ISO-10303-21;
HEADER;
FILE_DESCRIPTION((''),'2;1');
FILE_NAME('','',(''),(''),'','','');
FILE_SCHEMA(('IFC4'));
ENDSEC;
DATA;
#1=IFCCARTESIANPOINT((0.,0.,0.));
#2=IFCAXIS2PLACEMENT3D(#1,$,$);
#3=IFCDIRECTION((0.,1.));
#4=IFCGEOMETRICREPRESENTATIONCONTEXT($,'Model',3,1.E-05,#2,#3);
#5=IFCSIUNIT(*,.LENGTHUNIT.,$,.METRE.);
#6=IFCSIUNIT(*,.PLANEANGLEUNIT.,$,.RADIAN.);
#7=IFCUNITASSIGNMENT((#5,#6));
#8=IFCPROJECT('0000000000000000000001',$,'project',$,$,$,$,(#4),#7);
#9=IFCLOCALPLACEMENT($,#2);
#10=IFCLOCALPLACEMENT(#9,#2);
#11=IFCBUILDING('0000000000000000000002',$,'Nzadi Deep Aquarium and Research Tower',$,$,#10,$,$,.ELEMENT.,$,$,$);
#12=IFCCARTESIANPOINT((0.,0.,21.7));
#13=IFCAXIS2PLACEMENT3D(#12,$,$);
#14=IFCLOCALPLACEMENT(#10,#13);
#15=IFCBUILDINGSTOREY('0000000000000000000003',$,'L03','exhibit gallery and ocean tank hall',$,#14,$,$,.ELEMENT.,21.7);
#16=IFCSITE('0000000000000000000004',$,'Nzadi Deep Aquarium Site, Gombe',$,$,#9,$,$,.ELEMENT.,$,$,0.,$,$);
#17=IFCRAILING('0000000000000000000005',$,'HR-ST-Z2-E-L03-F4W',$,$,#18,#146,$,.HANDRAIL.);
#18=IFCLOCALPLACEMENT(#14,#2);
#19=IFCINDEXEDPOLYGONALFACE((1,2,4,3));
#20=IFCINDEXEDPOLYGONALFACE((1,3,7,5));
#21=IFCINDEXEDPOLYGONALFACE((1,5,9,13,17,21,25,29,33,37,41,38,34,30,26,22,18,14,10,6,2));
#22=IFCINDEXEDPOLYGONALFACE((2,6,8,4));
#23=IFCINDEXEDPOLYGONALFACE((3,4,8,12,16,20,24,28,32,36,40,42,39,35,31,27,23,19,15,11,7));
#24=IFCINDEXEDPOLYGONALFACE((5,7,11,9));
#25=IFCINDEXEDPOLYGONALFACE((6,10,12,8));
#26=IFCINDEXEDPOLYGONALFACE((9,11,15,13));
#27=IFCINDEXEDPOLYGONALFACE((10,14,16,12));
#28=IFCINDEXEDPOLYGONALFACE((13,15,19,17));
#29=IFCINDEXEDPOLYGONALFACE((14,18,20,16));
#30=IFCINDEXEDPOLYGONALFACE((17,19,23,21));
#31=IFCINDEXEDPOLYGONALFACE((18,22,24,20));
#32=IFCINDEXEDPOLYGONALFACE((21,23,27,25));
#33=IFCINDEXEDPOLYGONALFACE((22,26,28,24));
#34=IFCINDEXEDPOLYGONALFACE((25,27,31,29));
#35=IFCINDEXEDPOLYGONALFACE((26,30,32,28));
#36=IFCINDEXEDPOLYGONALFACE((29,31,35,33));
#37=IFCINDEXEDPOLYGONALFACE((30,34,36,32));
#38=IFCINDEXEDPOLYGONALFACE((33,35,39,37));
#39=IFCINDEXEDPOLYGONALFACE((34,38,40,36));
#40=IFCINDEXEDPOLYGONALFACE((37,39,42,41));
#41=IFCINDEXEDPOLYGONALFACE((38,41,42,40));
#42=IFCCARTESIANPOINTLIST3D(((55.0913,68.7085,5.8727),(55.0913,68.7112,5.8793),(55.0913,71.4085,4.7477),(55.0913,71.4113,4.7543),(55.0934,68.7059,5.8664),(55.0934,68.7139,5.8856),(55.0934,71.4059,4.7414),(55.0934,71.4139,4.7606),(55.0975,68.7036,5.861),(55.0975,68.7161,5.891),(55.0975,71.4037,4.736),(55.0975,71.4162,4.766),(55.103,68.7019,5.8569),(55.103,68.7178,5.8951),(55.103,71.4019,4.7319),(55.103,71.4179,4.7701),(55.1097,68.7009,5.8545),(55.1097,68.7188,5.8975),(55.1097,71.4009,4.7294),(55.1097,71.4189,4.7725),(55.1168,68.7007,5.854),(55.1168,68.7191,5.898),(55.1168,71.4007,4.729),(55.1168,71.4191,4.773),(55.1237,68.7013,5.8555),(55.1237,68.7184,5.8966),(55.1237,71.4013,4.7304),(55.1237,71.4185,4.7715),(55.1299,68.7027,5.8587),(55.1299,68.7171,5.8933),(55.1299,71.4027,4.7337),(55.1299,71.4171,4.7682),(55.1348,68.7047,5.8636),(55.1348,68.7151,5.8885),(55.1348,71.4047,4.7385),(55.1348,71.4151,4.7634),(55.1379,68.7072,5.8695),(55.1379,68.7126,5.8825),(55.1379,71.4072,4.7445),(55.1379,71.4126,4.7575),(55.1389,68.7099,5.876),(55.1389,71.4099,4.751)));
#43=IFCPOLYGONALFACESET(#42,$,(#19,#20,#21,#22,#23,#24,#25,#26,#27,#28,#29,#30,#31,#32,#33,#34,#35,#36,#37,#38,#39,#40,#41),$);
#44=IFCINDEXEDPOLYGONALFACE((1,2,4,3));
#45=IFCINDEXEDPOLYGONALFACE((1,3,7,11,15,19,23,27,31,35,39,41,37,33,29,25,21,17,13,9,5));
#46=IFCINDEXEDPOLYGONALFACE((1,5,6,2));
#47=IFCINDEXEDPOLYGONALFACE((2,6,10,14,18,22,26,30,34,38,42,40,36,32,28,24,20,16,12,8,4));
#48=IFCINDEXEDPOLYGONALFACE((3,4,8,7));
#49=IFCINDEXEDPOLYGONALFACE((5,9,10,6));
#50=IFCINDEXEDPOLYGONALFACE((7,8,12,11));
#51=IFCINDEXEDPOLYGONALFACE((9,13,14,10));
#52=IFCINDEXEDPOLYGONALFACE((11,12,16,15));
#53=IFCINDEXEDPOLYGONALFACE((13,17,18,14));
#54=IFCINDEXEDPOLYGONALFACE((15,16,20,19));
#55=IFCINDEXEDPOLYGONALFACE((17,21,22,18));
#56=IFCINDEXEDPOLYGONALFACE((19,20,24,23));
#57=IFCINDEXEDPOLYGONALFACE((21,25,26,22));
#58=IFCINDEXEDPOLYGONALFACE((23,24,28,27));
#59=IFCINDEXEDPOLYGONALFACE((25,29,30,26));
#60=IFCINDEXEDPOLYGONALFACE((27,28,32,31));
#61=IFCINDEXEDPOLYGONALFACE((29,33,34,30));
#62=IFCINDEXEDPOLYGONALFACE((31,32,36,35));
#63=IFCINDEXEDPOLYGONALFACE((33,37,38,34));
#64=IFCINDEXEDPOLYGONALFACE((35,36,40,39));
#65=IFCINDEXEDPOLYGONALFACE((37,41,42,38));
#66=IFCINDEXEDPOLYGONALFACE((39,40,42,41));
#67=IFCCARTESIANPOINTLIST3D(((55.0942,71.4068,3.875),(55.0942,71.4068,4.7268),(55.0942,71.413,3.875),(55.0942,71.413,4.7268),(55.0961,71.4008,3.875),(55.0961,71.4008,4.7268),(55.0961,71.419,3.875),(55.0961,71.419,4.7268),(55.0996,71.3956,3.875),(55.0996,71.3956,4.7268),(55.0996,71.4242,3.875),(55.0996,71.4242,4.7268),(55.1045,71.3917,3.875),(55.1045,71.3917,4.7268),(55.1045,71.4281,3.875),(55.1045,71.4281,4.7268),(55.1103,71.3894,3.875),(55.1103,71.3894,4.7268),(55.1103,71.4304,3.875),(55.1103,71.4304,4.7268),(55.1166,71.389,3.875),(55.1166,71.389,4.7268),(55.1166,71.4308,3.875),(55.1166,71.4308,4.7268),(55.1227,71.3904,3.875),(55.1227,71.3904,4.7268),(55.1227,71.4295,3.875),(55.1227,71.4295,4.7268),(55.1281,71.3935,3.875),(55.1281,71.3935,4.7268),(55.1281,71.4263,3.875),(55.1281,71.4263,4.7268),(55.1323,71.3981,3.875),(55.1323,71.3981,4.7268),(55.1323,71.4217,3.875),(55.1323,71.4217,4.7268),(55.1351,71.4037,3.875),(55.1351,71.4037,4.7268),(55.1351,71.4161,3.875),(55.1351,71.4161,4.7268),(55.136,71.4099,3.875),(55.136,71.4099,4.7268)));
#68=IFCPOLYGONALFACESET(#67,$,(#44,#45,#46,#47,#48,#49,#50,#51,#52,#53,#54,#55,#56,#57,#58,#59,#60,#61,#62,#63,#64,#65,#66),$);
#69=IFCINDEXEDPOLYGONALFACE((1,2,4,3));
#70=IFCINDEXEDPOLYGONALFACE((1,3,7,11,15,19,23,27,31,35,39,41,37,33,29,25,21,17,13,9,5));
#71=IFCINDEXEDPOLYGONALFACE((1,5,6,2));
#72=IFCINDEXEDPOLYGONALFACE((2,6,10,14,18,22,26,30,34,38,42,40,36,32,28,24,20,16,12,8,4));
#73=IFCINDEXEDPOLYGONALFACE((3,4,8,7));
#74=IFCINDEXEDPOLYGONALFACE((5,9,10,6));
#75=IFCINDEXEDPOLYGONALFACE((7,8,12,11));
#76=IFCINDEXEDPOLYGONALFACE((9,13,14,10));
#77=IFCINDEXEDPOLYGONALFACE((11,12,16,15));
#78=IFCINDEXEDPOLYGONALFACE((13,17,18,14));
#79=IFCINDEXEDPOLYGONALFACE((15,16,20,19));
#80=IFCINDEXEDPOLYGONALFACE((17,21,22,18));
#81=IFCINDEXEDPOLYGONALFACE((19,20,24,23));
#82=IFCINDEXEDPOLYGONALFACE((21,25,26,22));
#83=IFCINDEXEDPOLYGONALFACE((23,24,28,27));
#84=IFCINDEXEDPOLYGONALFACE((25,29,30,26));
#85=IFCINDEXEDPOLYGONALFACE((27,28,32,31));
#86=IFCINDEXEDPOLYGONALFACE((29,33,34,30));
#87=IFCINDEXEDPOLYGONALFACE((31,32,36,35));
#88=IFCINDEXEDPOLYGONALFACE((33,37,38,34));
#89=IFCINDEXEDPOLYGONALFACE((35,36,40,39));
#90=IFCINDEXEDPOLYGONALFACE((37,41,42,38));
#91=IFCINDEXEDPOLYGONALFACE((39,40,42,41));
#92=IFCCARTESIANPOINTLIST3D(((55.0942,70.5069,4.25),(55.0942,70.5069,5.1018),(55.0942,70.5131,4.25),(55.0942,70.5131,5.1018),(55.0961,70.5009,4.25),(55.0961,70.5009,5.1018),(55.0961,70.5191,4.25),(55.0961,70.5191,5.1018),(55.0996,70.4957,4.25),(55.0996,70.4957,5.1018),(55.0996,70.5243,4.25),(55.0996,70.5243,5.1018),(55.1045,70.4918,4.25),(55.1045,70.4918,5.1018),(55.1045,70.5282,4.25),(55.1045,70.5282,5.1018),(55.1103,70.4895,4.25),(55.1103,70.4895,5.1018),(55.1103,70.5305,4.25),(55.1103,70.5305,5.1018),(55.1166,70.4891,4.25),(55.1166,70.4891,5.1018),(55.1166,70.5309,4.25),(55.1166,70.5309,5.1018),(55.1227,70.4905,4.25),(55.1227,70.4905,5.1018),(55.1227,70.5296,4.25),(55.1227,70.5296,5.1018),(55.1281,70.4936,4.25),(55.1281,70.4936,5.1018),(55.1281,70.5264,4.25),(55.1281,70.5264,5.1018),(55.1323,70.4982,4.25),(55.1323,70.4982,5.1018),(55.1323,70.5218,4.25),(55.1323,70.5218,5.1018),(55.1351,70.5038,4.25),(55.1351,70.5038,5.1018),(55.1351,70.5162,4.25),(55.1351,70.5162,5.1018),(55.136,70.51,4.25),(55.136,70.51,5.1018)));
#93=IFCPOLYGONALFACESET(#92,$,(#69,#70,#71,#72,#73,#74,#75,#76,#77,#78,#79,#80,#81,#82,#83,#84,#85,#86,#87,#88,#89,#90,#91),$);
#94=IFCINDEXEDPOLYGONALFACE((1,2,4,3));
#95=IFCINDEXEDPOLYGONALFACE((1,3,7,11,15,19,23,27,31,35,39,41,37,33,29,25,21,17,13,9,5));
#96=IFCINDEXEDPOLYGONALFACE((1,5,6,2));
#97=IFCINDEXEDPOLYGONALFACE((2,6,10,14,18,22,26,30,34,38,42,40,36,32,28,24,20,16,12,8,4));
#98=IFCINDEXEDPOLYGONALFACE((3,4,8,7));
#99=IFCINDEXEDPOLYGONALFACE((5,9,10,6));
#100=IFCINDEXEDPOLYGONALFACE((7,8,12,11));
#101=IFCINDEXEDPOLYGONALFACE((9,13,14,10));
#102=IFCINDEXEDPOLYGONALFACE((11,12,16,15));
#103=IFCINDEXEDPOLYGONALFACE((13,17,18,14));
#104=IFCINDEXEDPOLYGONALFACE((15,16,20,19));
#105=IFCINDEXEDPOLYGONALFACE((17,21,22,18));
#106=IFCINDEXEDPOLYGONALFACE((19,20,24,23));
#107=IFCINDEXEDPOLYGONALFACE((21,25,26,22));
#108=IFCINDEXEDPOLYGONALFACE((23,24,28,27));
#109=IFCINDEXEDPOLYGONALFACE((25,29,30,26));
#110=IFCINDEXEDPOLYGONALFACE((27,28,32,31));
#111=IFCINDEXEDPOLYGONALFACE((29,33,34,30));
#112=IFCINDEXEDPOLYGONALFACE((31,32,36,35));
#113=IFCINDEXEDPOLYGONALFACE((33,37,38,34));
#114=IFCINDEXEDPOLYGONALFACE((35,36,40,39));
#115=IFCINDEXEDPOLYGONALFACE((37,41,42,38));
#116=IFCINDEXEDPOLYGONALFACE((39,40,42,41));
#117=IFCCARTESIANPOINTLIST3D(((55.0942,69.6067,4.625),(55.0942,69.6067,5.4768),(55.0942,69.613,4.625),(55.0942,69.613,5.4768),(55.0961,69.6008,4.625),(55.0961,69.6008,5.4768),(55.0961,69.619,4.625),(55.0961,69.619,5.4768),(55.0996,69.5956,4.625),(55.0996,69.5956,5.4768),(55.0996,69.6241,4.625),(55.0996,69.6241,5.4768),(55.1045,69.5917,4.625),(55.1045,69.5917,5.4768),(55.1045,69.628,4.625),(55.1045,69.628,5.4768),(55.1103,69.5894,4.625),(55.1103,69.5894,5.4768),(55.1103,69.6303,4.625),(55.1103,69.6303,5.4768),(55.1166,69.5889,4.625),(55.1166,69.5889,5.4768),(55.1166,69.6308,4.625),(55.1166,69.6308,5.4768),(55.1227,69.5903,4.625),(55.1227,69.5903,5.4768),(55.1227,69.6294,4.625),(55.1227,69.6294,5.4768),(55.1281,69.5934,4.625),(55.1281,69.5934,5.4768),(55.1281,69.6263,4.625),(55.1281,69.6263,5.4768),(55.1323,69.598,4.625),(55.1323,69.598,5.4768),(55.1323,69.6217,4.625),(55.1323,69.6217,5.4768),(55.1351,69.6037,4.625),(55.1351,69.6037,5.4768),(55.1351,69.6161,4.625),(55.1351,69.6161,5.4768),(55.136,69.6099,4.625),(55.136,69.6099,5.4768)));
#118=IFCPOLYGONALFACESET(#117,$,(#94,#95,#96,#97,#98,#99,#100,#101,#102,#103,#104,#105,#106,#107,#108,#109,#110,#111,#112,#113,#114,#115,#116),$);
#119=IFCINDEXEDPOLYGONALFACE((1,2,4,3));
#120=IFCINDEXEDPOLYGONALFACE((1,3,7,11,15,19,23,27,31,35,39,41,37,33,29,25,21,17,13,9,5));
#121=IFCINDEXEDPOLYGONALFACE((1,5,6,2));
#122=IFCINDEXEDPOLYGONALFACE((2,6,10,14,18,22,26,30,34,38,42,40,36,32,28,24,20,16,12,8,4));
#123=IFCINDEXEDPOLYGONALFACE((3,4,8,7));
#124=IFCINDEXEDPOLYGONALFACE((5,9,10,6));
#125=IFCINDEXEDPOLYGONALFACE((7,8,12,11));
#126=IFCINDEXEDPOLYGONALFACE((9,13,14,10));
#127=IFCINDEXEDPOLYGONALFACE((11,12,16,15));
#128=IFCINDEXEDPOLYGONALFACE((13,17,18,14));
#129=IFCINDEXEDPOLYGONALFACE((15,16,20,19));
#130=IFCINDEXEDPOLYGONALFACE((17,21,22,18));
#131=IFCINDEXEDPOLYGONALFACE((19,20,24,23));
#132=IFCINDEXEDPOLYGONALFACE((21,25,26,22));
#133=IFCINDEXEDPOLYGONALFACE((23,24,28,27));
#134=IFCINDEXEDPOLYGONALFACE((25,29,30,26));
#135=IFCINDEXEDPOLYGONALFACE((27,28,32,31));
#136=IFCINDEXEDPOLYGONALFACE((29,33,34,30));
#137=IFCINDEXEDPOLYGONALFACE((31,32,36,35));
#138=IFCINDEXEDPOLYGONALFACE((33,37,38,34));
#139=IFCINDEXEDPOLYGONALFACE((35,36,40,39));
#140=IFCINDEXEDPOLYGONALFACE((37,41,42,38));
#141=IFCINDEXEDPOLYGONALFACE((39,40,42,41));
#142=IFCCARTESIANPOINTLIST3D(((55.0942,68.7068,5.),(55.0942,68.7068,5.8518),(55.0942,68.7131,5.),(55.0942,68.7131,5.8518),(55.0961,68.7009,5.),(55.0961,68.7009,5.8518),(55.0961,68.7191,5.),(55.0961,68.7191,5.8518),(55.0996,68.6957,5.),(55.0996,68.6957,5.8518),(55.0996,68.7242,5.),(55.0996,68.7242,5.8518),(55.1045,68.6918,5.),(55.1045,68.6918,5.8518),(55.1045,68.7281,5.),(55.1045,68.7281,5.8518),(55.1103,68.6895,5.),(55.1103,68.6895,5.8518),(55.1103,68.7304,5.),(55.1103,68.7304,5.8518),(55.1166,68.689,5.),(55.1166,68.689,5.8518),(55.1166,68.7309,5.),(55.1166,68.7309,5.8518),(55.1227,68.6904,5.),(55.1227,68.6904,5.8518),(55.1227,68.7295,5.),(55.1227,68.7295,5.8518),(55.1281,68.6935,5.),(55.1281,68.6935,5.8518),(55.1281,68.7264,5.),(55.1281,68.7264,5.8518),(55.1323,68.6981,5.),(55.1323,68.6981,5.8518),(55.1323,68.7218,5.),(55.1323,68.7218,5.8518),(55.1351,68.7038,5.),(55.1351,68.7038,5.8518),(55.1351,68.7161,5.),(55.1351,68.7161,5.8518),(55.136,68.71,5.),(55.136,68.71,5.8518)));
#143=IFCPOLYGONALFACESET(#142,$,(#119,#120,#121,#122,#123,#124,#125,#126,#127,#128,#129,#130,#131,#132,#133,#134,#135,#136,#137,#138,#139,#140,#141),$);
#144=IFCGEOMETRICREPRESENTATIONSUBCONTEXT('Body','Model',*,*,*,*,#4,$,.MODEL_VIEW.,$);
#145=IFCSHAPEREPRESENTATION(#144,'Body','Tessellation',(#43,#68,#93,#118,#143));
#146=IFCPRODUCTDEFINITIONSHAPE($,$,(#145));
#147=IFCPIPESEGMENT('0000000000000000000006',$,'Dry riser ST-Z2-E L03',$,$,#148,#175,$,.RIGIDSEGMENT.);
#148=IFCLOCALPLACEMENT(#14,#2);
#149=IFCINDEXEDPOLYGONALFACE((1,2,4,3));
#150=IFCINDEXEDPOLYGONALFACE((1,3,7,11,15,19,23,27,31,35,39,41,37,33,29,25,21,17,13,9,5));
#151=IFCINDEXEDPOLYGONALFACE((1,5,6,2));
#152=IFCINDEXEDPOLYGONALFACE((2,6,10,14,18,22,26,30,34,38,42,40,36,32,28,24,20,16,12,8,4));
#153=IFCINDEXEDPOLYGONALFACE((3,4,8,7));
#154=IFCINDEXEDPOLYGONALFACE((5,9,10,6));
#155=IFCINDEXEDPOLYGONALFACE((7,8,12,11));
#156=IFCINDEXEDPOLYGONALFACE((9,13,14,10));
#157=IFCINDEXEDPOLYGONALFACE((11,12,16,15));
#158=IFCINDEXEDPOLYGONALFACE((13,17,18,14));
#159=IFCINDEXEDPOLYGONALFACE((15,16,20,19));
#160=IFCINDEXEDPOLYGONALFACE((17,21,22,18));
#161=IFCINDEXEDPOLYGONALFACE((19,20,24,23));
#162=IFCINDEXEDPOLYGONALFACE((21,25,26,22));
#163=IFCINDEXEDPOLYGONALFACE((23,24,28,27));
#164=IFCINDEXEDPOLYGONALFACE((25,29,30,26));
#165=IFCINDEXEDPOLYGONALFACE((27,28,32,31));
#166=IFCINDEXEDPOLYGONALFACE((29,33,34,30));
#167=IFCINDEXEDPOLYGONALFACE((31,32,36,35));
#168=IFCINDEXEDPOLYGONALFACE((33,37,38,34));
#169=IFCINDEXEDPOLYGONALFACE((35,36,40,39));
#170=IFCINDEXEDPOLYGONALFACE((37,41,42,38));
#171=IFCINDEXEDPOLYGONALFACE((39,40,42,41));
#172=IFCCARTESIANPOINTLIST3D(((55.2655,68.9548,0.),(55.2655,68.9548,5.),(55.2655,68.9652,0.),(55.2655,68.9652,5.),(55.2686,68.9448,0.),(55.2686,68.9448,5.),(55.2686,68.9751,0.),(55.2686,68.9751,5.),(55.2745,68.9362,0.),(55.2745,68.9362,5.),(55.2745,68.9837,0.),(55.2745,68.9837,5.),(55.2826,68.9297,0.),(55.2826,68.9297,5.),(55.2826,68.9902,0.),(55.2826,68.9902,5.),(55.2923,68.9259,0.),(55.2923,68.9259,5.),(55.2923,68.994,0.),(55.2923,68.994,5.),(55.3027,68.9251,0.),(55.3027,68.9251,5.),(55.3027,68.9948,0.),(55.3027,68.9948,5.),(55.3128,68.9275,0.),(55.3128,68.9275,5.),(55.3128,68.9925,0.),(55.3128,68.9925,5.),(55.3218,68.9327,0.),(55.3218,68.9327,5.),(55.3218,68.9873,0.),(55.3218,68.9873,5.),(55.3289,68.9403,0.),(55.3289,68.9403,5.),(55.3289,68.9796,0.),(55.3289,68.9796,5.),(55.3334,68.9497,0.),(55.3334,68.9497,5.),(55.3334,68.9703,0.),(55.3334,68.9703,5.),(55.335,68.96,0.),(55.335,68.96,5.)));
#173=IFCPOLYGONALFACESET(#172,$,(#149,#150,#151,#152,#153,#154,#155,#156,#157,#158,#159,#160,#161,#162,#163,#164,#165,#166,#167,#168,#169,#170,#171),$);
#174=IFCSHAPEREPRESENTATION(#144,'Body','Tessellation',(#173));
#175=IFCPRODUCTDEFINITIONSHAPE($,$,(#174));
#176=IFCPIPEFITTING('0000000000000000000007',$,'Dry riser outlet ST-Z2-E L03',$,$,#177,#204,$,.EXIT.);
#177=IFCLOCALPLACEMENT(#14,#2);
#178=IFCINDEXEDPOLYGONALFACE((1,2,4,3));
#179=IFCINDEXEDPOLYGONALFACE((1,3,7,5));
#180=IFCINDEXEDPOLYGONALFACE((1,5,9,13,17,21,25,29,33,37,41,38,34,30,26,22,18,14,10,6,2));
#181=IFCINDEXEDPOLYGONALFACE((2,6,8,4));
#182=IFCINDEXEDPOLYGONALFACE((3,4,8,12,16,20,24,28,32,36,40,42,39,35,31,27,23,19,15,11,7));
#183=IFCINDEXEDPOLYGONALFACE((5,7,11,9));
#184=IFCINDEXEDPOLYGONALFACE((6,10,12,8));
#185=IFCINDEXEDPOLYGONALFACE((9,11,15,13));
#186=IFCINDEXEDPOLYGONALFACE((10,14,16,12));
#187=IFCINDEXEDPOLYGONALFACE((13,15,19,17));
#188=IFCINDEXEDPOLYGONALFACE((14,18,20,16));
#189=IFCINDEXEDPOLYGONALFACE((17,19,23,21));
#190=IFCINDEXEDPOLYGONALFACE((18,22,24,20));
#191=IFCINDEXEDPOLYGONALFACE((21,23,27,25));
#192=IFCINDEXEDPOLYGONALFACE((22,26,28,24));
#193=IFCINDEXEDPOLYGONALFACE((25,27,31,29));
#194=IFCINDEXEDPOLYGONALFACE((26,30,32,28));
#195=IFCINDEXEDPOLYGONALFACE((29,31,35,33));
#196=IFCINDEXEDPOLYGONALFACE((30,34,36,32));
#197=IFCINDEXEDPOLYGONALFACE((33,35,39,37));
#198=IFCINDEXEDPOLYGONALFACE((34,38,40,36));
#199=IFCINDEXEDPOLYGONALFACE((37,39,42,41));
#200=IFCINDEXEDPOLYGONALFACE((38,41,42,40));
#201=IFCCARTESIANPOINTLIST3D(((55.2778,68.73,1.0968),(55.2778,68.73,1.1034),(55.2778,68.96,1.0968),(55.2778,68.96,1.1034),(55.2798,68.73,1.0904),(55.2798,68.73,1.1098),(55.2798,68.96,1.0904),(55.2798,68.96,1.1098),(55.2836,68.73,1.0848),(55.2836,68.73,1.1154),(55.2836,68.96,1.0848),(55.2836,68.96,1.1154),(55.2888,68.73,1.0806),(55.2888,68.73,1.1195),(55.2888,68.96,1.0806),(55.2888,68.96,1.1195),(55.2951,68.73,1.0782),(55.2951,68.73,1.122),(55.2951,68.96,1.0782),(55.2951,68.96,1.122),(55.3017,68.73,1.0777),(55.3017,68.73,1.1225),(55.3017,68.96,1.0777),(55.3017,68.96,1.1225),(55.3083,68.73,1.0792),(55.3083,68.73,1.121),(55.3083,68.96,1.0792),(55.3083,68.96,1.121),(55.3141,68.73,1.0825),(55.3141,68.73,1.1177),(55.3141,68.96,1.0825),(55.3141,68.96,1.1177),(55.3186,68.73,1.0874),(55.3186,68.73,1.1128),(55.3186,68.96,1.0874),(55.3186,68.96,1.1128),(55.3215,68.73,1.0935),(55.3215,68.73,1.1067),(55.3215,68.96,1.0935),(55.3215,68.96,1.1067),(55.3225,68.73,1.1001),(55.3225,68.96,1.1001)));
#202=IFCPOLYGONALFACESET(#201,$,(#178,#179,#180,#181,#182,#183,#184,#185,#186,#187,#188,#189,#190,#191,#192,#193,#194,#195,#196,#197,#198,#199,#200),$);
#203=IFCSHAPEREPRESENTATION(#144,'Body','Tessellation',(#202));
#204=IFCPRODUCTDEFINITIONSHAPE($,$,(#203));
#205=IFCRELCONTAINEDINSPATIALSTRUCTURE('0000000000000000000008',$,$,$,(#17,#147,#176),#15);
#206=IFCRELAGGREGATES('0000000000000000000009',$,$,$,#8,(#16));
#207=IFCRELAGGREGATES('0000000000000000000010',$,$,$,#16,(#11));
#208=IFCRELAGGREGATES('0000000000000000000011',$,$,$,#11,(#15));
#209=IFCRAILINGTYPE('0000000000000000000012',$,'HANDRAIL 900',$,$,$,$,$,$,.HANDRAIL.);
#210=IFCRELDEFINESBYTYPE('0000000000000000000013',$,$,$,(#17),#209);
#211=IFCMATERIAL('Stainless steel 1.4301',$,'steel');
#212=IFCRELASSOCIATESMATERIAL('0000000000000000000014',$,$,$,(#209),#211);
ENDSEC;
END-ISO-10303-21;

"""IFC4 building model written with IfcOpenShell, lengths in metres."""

from ifc_helpers import new_model, si_unit, direction, frame, origin, origin_2d, place, context, subcontext, project, spatial, circle, extrude, material, type_object, element, save


model = new_model("IFC4")

# Units and contexts
model_context = context("Model", 3, precision=1e-05, world=origin(), true_north=direction((0.0, 1.0)))
body_context = subcontext(model_context, "Body", "Model", "MODEL_VIEW")
ifc_project = project(units=[si_unit("LENGTHUNIT", "METRE"), si_unit("PLANEANGLEUNIT", "RADIAN")], contexts=[model_context])

# Site, building, storey
site_placement = place(None, origin())
site = spatial("IfcSite", under=ifc_project, at=site_placement, Name="Nzadi Deep Aquarium Site, Gombe", CompositionType="ELEMENT", RefElevation=0.0)
building_placement = place(site_placement, origin())
building = spatial("IfcBuilding", under=site, at=building_placement, Name="Nzadi Deep Aquarium and Research Tower", CompositionType="ELEMENT")
storey_placement = place(building_placement, frame((0.0, 0.0, 21.7)))
storey = spatial("IfcBuildingStorey", under=building, at=storey_placement, Name="L03", Description="exhibit gallery and ocean tank hall", CompositionType="ELEMENT", Elevation=21.7)

# Railing
ifc_material_1 = material(Name="Stainless steel 1.4301", Category="steel")
railing_type = type_object("IfcRailingType", Name="HANDRAIL 900", PredefinedType="HANDRAIL", material=ifc_material_1)
for number, where, name in (
    (1, (55.115, 71.4099, 3.875), "HR-ST-Z2-E-L03-F4W"),
):
    element("IfcRailing", number, at=place(storey_placement, frame(where)), inside=storey, type_object=railing_type, Name=name, PredefinedType="HANDRAIL", context=body_context, shape_type="SweptSolid", body=[
        extrude(circle(Radius=0.0239, at=origin_2d()), frame((0.0, 0.0, 0.876), z_axis=(0.0, -0.923074, 0.384621), x_axis=(1.0, 0.0, 0.0)), (0.0, 0.0, 1.0), 2.925),
        extrude(circle(Radius=0.021, at=origin_2d()), origin(), (0.0, 0.0, 1.0), 0.8518),
        extrude(circle(Radius=0.021, at=origin_2d()), frame((0.0, -0.8999, 0.375)), (0.0, 0.0, 1.0), 0.8518),
        extrude(circle(Radius=0.021, at=origin_2d()), frame((0.0, -1.8, 0.75)), (0.0, 0.0, 1.0), 0.8518),
        extrude(circle(Radius=0.021, at=origin_2d()), frame((0.0, -2.7, 1.125)), (0.0, 0.0, 1.0), 0.8518),
    ])

# Pipe segment
pipe_segment_placement = place(storey_placement, frame((55.3, 68.96, 0.0), z_axis=(0.0, 0.0, 1.0), x_axis=(1.0, 0.0, 0.0)))
element("IfcPipeSegment", 2, at=pipe_segment_placement, inside=storey, Name="Dry riser ST-Z2-E L03", PredefinedType="RIGIDSEGMENT", context=body_context, shape_type="SweptSolid", body=[
    extrude(circle(Radius=0.0349, at=origin_2d()), origin(), (0.0, 0.0, 1.0), 5.0),
])

# Pipe fitting
pipe_fitting_placement = place(storey_placement, frame((55.3, 68.96, 1.1001), z_axis=(0.0, -1.0, 0.0), x_axis=(1.0, 0.0, 0.0)))
element("IfcPipeFitting", 3, at=pipe_fitting_placement, inside=storey, Name="Dry riser outlet ST-Z2-E L03", PredefinedType="EXIT", context=body_context, shape_type="SweptSolid", body=[
    extrude(circle(Radius=0.0225, at=origin_2d()), origin(), (0.0, 0.0, 1.0), 0.23),
])

save(model, "model.ifc")
